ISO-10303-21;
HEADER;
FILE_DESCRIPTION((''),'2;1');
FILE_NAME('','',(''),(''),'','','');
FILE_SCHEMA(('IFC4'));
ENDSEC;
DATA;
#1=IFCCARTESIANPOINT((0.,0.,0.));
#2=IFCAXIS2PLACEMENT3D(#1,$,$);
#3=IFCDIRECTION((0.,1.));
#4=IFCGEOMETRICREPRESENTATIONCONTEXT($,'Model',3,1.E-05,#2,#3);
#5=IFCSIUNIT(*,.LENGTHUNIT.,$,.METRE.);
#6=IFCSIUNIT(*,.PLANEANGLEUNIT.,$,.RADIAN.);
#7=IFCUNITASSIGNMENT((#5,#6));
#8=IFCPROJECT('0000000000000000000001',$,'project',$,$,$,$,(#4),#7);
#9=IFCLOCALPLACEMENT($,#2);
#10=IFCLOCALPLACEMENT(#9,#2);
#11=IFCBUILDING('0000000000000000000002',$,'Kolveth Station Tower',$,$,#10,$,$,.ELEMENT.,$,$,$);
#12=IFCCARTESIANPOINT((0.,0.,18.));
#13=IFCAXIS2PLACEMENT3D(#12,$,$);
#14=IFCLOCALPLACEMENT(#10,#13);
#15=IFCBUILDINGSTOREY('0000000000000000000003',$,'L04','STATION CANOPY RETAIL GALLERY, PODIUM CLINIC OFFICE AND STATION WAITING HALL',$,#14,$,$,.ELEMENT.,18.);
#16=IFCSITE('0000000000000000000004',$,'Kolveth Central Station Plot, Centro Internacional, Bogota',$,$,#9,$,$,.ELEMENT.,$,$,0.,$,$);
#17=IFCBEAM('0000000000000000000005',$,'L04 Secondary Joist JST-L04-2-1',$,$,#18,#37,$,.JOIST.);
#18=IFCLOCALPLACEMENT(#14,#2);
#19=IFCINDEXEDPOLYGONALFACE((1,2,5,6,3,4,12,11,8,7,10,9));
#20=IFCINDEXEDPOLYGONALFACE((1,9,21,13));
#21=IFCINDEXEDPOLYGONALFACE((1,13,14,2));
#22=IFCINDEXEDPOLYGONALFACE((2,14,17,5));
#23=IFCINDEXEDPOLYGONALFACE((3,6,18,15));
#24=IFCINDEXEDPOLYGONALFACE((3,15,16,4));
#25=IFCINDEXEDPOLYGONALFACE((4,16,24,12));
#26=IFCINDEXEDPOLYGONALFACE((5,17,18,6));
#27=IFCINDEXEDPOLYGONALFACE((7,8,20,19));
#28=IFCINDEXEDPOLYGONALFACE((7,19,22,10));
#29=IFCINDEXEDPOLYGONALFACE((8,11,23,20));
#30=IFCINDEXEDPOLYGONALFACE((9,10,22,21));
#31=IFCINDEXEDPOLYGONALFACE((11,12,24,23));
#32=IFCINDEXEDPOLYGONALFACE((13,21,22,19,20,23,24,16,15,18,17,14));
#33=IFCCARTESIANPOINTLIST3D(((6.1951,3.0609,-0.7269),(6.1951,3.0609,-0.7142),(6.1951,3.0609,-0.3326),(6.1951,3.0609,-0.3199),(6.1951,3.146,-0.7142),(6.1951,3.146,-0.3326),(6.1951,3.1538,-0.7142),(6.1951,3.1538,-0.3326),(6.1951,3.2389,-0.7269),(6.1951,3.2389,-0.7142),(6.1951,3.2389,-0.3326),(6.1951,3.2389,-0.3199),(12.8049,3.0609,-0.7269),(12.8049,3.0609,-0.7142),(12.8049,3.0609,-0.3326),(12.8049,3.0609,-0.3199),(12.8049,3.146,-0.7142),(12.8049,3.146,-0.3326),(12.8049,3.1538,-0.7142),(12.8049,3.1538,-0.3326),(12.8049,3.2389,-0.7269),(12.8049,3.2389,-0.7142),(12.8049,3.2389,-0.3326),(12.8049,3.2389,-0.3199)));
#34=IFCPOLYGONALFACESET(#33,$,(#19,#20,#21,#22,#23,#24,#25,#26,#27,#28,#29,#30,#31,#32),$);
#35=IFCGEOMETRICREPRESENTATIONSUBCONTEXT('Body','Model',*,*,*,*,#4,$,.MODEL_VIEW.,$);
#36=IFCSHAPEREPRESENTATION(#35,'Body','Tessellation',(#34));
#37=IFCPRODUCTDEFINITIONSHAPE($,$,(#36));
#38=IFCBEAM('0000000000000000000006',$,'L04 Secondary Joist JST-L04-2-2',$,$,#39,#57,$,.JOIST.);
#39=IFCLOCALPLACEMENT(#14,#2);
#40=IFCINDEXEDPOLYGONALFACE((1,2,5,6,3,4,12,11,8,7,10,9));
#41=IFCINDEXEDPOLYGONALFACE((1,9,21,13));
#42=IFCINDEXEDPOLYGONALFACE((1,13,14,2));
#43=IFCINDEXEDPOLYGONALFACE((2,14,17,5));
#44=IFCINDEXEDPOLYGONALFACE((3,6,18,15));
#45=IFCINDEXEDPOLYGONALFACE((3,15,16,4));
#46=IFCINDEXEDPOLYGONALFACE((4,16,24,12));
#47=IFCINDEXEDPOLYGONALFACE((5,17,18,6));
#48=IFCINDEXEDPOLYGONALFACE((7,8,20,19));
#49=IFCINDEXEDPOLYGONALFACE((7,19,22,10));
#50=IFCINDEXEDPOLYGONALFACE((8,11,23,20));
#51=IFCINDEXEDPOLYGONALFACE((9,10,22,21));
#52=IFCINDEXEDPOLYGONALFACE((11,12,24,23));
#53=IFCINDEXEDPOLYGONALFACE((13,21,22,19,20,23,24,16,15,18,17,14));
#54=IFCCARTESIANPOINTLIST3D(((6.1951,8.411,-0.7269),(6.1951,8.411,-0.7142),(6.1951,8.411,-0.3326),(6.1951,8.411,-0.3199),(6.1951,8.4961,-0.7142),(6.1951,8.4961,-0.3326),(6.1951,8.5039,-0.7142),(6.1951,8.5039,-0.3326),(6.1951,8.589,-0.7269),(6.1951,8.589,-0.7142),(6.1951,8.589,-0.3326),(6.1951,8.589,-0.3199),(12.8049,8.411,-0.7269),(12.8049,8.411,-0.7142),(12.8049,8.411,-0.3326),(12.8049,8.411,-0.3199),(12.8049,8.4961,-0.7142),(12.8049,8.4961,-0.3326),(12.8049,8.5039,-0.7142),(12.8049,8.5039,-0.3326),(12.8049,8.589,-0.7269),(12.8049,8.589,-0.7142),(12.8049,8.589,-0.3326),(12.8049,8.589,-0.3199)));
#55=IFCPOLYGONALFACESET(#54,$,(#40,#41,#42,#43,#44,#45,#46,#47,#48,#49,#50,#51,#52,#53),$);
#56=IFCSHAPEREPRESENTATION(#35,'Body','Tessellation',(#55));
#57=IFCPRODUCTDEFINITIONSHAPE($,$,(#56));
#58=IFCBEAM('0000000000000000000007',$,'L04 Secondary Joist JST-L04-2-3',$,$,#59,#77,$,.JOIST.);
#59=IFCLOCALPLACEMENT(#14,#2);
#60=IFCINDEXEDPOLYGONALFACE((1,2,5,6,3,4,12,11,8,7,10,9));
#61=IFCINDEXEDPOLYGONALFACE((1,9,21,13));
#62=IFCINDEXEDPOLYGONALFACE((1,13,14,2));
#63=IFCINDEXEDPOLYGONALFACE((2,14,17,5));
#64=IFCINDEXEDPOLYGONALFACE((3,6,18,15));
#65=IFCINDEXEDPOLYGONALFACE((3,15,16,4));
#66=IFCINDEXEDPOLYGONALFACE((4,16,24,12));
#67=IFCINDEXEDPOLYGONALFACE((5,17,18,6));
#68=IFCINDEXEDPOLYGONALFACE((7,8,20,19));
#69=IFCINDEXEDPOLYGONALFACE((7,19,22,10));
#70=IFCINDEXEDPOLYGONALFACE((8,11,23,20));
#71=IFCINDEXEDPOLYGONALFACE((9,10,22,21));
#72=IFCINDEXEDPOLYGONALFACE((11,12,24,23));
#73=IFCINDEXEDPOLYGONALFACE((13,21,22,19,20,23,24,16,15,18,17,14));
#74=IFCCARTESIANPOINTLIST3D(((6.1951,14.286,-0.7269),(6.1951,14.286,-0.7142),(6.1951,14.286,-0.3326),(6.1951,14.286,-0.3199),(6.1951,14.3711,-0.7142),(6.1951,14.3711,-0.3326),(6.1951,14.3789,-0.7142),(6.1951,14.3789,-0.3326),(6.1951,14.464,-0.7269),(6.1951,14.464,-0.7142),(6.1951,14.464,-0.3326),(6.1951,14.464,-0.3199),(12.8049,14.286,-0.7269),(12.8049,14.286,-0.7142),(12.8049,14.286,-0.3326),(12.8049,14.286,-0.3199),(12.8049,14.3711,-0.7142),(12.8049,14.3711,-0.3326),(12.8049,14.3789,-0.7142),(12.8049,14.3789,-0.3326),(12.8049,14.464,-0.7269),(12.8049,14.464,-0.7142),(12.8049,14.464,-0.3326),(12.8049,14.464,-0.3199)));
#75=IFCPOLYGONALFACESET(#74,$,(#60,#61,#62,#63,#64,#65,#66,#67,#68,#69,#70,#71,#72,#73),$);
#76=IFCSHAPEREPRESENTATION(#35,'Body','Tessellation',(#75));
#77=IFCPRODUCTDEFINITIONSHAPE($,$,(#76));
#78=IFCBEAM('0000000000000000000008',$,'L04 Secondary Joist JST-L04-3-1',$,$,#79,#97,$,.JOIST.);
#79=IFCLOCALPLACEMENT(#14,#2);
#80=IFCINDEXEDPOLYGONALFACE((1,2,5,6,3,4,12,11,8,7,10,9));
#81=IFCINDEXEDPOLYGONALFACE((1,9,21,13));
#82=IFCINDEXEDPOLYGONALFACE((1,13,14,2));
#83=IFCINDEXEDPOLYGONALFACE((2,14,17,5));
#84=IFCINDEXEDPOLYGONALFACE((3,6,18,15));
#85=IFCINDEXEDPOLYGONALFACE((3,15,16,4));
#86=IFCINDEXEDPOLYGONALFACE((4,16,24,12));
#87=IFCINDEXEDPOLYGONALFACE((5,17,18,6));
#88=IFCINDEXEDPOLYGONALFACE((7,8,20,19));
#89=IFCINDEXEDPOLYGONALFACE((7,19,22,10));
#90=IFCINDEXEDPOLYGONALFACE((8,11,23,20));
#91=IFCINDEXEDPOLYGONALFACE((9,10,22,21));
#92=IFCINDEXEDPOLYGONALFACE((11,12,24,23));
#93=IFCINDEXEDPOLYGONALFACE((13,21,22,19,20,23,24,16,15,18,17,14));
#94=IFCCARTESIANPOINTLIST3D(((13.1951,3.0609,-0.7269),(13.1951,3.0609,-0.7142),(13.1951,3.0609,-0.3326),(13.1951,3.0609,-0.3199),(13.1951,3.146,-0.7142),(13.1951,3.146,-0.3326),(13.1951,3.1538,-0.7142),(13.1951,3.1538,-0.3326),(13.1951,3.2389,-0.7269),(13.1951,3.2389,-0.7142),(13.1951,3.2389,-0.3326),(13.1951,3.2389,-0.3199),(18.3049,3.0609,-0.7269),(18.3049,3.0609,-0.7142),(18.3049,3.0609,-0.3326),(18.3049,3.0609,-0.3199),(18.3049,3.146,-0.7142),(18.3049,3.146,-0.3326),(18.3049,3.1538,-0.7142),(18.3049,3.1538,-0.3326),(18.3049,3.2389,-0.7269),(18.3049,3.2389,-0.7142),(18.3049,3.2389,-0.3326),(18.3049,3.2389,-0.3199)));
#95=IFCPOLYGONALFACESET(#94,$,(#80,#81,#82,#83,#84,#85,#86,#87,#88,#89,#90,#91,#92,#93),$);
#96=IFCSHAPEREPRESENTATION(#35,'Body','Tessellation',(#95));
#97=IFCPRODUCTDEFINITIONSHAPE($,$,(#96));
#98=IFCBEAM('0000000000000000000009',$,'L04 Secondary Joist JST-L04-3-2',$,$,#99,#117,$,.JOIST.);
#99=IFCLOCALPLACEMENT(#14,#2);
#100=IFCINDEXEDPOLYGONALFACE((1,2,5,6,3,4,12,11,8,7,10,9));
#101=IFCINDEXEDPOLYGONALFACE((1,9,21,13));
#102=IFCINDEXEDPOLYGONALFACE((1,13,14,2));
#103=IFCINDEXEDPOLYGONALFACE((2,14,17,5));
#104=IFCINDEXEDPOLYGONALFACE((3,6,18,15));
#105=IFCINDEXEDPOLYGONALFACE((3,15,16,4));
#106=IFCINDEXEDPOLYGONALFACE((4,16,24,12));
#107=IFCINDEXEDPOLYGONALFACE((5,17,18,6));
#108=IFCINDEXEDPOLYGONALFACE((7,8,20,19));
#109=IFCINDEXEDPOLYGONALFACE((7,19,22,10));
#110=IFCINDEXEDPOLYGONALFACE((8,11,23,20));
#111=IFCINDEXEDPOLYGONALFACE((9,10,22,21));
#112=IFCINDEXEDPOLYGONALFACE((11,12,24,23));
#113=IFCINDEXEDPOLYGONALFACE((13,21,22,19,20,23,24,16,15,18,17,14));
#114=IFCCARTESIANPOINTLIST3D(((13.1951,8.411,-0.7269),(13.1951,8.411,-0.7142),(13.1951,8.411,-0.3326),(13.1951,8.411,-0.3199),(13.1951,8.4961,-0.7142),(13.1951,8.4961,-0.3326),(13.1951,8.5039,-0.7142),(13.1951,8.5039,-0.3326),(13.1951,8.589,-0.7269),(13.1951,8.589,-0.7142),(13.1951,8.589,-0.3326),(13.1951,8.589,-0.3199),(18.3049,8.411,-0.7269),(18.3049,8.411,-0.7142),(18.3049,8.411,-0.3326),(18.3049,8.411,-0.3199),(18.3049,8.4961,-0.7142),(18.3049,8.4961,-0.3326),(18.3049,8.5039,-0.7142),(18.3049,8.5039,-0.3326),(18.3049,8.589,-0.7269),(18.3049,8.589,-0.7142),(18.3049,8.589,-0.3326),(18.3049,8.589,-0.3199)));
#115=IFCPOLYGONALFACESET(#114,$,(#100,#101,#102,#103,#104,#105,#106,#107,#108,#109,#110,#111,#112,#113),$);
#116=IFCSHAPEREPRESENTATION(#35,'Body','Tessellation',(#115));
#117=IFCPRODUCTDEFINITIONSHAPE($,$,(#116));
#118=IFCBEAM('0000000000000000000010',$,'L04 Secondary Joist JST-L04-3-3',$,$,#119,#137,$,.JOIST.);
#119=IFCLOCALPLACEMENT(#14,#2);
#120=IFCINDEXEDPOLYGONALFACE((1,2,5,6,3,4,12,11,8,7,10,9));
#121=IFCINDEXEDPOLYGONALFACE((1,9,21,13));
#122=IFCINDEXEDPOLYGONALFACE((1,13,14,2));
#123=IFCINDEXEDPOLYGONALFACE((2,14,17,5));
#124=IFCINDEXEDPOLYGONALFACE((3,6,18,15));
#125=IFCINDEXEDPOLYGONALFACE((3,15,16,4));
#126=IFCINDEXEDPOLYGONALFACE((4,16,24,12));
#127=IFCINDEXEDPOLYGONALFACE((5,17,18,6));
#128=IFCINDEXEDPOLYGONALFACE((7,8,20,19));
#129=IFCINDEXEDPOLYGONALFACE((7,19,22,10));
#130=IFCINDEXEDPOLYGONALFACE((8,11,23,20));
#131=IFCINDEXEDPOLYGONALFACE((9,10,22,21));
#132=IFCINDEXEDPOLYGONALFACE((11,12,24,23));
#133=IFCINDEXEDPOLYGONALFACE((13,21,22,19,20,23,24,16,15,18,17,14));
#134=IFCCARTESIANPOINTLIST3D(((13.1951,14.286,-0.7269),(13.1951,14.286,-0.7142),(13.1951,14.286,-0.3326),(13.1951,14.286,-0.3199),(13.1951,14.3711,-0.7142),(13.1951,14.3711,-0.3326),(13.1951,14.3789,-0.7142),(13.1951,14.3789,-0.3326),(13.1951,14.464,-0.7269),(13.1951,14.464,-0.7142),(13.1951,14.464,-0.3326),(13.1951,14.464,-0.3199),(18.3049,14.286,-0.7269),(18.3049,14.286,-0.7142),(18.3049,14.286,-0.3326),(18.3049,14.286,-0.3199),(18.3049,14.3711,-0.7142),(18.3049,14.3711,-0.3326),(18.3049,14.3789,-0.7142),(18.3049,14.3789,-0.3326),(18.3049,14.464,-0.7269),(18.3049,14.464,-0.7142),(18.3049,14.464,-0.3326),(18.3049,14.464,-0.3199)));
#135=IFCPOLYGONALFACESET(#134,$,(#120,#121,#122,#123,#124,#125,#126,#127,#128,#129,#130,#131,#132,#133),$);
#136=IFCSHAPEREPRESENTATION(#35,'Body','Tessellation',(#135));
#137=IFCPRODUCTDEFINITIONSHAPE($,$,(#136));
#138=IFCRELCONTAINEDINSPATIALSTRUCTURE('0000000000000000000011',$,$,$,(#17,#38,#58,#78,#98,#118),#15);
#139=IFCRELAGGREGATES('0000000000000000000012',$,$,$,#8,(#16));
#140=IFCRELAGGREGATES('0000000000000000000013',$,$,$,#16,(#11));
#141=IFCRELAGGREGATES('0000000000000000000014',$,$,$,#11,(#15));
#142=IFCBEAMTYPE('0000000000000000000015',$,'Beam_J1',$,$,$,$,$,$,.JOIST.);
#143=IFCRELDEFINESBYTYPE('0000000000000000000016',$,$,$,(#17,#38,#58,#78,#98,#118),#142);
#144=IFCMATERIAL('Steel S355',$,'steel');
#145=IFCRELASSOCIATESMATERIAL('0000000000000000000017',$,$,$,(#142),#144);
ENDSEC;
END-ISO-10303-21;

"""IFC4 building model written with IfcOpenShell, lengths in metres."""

from ifc_helpers import new_model, si_unit, direction, frame, origin, origin_2d, place, context, subcontext, project, spatial, i_section, extrude, source, transform, mapped, material, material_profile, profile_set, type_object, element, save


model = new_model("IFC4")

# Units and contexts
model_context = context("Model", 3, precision=1e-05, world=origin(), true_north=direction((0.0, 1.0)))
body_context = subcontext(model_context, "Body", "Model", "MODEL_VIEW")
ifc_project = project(units=[si_unit("LENGTHUNIT", "METRE"), si_unit("PLANEANGLEUNIT", "RADIAN")], contexts=[model_context])

# Site, building, storey
site_placement = place(None, origin())
site = spatial("IfcSite", under=ifc_project, at=site_placement, Name="Kolveth Central Station Plot, Centro Internacional, Bogota", CompositionType="ELEMENT", RefElevation=0.0)
building_placement = place(site_placement, origin())
building = spatial("IfcBuilding", under=site, at=building_placement, Name="Kolveth Station Tower", CompositionType="ELEMENT")
storey_placement = place(building_placement, frame((0.0, 0.0, 18.0)))
storey = spatial("IfcBuildingStorey", under=building, at=storey_placement, Name="L04", Description="STATION CANOPY RETAIL GALLERY, PODIUM CLINIC OFFICE AND STATION WAITING HALL", CompositionType="ELEMENT", Elevation=18.0)

# Beams
ifc_material_1 = material(Name="Steel S355", Category="steel")
ifc_material_profile_1 = material_profile(ifc_material_1, i_section(OverallWidth=0.178, OverallDepth=0.407, WebThickness=0.0078, FlangeThickness=0.0127, at=origin_2d()), Name="W410x60")
ifc_profile_set_1 = profile_set([ifc_material_profile_1], Name="Steel S355")
beam_type_1 = type_object("IfcBeamType", Name="Beam_J1", PredefinedType="JOIST", material=ifc_profile_set_1)
shared_shape_1 = source(origin(), body_context, "Body", "SweptSolid", [
    extrude(i_section(OverallWidth=0.178, OverallDepth=0.407, WebThickness=0.0078, FlangeThickness=0.0127, at=origin_2d()), origin(), (0.0, 0.0, 1.0), 6.6099),
])
for number, where, z_axis, x_axis, name in (
    (1, (6.1951, 3.1499, -0.5234), (1.0, 0.0, 0.0), (0.0, 1.0, 0.0), "L04 Secondary Joist JST-L04-2-1"),
    (2, (6.1951, 8.5, -0.5234), (1.0, 0.0, 0.0), (0.0, 1.0, 0.0), "L04 Secondary Joist JST-L04-2-2"),
    (3, (6.1951, 14.375, -0.5234), (1.0, 0.0, 0.0), (0.0, 1.0, 0.0), "L04 Secondary Joist JST-L04-2-3"),
):
    element("IfcBeam", number, at=place(storey_placement, frame(where, z_axis=z_axis, x_axis=x_axis)), inside=storey, type_object=beam_type_1, Name=name, PredefinedType="JOIST", context=body_context, shape_type="MappedRepresentation", body=[
        mapped(shared_shape_1, transform((0.0, 0.0, 0.0), x_axis=(1.0, 0.0, 0.0), y_axis=(0.0, 1.0, 0.0), z_axis=(0.0, 0.0, 1.0), scale=1.0)),
    ])
shared_shape_2 = source(origin(), body_context, "Body", "SweptSolid", [
    extrude(i_section(OverallWidth=0.178, OverallDepth=0.407, WebThickness=0.0078, FlangeThickness=0.0127, at=origin_2d()), origin(), (0.0, 0.0, 1.0), 5.1099),
])
for number, where, z_axis, x_axis, name in (
    (4, (13.1951, 3.1499, -0.5234), (1.0, 0.0, 0.0), (0.0, 1.0, 0.0), "L04 Secondary Joist JST-L04-3-1"),
    (5, (13.1951, 8.5, -0.5234), (1.0, 0.0, 0.0), (0.0, 1.0, 0.0), "L04 Secondary Joist JST-L04-3-2"),
    (6, (13.1951, 14.375, -0.5234), (1.0, 0.0, 0.0), (0.0, 1.0, 0.0), "L04 Secondary Joist JST-L04-3-3"),
):
    element("IfcBeam", number, at=place(storey_placement, frame(where, z_axis=z_axis, x_axis=x_axis)), inside=storey, type_object=beam_type_1, Name=name, PredefinedType="JOIST", context=body_context, shape_type="MappedRepresentation", body=[
        mapped(shared_shape_2, transform((0.0, 0.0, 0.0), x_axis=(1.0, 0.0, 0.0), y_axis=(0.0, 1.0, 0.0), z_axis=(0.0, 0.0, 1.0), scale=1.0)),
    ])

save(model, "model.ifc")
